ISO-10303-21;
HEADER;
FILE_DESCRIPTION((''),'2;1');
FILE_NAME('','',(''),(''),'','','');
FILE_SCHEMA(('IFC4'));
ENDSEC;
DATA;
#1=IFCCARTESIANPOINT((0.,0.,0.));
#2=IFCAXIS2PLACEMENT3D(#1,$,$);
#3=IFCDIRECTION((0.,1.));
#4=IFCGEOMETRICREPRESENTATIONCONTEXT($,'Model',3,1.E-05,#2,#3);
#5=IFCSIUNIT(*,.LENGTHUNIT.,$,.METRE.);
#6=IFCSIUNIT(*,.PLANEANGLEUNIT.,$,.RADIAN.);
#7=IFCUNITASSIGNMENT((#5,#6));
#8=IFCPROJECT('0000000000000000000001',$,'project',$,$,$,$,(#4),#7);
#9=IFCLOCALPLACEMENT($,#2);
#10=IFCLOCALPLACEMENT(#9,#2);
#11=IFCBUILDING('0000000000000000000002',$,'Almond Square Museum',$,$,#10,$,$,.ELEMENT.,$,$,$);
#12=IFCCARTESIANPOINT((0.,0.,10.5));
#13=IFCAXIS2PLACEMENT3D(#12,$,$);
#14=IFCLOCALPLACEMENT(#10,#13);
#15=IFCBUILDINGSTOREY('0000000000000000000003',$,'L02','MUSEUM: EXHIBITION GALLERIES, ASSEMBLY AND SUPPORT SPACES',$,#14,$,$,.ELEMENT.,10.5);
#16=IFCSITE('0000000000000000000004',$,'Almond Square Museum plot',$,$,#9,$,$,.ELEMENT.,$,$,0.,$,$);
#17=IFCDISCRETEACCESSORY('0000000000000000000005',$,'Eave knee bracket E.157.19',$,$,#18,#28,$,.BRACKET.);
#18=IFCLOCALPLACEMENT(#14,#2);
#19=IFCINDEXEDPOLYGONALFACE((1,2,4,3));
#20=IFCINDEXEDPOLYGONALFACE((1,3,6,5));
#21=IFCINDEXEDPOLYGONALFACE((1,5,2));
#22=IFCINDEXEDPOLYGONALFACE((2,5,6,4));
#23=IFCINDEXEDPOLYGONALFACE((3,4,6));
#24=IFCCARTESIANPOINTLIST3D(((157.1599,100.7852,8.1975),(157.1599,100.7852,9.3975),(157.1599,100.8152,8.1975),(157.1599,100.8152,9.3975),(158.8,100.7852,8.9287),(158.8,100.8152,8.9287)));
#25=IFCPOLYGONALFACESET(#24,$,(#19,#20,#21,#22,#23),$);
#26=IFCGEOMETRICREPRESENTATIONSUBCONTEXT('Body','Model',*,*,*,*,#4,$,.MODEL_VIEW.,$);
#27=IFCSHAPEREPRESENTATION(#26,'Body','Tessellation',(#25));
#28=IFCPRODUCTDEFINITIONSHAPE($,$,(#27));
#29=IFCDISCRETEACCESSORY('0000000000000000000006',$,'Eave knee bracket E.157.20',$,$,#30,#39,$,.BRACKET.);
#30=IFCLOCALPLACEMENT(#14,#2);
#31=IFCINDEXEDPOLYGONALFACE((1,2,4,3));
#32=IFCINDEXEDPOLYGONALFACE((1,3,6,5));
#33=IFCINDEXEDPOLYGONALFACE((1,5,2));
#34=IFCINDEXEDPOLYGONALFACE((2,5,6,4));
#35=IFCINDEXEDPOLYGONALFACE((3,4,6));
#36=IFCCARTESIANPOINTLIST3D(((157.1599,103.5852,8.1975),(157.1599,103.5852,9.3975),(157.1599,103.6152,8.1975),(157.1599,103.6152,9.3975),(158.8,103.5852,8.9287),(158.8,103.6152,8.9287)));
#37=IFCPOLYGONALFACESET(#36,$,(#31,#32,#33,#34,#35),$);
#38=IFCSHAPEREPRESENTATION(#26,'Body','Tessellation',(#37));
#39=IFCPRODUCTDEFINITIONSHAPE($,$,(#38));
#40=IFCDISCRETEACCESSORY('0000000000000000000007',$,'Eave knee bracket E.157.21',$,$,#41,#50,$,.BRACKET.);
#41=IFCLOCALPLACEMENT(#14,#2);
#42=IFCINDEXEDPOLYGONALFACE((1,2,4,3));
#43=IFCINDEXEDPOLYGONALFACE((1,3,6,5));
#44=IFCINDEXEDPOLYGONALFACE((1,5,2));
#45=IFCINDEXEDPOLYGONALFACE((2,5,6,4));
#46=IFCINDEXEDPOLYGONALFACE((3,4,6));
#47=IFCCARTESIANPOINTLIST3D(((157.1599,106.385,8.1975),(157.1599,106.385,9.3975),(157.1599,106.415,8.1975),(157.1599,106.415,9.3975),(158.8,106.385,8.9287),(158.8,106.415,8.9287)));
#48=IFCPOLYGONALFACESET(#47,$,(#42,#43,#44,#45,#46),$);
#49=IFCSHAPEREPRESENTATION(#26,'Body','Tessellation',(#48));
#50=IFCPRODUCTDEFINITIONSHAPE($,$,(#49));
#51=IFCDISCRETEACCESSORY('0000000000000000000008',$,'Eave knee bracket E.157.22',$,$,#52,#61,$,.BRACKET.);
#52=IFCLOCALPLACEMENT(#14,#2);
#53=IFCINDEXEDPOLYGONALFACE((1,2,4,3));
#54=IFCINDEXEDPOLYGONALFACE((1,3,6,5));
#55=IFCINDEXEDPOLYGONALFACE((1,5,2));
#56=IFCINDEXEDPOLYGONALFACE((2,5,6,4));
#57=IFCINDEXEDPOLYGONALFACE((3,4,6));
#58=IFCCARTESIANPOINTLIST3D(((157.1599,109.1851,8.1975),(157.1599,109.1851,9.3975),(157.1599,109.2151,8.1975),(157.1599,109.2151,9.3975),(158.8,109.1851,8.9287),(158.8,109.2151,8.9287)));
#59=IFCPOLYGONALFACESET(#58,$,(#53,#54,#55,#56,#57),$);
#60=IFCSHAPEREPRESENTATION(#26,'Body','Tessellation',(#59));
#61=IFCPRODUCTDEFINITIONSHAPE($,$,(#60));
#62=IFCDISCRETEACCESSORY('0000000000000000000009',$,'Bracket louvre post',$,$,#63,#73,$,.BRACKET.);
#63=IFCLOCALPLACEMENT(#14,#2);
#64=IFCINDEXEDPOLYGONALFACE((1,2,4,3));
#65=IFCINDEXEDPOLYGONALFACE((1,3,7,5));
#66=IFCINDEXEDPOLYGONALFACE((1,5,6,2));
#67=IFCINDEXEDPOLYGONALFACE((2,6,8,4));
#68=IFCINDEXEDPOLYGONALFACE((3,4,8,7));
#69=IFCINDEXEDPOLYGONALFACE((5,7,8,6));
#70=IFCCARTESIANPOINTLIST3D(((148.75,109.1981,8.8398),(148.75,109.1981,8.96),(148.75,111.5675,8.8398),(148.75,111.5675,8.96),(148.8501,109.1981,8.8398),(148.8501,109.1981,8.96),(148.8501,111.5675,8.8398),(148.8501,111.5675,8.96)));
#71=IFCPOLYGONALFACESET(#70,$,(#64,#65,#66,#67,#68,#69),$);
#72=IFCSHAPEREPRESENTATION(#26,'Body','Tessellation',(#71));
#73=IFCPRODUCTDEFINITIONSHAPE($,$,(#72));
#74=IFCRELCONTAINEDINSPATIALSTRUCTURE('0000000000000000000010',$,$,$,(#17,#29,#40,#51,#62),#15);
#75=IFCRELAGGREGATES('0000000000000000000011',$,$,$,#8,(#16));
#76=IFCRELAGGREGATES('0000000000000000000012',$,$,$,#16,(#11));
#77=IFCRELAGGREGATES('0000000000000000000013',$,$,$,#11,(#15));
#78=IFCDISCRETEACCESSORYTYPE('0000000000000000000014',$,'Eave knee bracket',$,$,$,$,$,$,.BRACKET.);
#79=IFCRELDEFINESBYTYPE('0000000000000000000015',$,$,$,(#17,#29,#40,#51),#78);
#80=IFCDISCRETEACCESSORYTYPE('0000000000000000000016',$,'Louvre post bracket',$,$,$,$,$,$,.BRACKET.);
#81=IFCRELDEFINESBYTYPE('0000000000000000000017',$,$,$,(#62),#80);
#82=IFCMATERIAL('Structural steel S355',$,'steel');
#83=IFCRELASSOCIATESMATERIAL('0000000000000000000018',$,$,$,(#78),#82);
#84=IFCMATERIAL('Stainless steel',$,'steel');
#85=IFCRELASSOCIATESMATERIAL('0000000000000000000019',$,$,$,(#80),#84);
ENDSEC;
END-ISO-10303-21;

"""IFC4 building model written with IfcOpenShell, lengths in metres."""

from ifc_helpers import new_model, si_unit, direction, frame, origin, origin_2d, place, context, subcontext, project, spatial, polyline, rectangle, outline, extrude, material, type_object, element, save


model = new_model("IFC4")

# Units and contexts
model_context = context("Model", 3, precision=1e-05, world=origin(), true_north=direction((0.0, 1.0)))
body_context = subcontext(model_context, "Body", "Model", "MODEL_VIEW")
ifc_project = project(units=[si_unit("LENGTHUNIT", "METRE"), si_unit("PLANEANGLEUNIT", "RADIAN")], contexts=[model_context])

# Site, building, storey
site_placement = place(None, origin())
site = spatial("IfcSite", under=ifc_project, at=site_placement, Name="Almond Square Museum plot", CompositionType="ELEMENT", RefElevation=0.0)
building_placement = place(site_placement, origin())
building = spatial("IfcBuilding", under=site, at=building_placement, Name="Almond Square Museum", CompositionType="ELEMENT")
storey_placement = place(building_placement, frame((0.0, 0.0, 10.5)))
storey = spatial("IfcBuildingStorey", under=building, at=storey_placement, Name="L02", Description="MUSEUM: EXHIBITION GALLERIES, ASSEMBLY AND SUPPORT SPACES", CompositionType="ELEMENT", Elevation=10.5)

# Discrete accessories
ifc_material_1 = material(Name="Structural steel S355", Category="steel")
discrete_accessory_type_1 = type_object("IfcDiscreteAccessoryType", Name="Eave knee bracket", PredefinedType="BRACKET", material=ifc_material_1)
for number, where, z_axis, x_axis, name in (
    (1, (157.1599, 100.8, 9.3975), (0.0, -1.0, 0.0), (0.0, 0.0, -1.0), "Eave knee bracket E.157.19"),
    (2, (157.1599, 103.6001, 9.3975), (0.0, -1.0, 0.0), (0.0, 0.0, -1.0), "Eave knee bracket E.157.20"),
    (3, (157.1599, 106.3999, 9.3975), (0.0, -1.0, 0.0), (0.0, 0.0, -1.0), "Eave knee bracket E.157.21"),
    (4, (157.1599, 109.2, 9.3975), (0.0, -1.0, 0.0), (0.0, 0.0, -1.0), "Eave knee bracket E.157.22"),
):
    element("IfcDiscreteAccessory", number, at=place(storey_placement, frame(where, z_axis=z_axis, x_axis=x_axis)), inside=storey, type_object=discrete_accessory_type_1, Name=name, PredefinedType="BRACKET", context=body_context, shape_type="SweptSolid", body=[
        extrude(outline(polyline([(0.0, 0.0), (1.2, 0.0), (0.4688, 1.6401), (0.0, 0.0)])), frame((0.0, 0.0, -0.0151)), (0.0, 0.0, 1.0), 0.03),
    ])
ifc_material_2 = material(Name="Stainless steel", Category="steel")
discrete_accessory_type_2 = type_object("IfcDiscreteAccessoryType", Name="Louvre post bracket", PredefinedType="BRACKET", material=ifc_material_2)
discrete_accessory_placement = place(storey_placement, frame((148.8, 110.3828, 8.8398), z_axis=(0.0, 0.0, 1.0), x_axis=(1.0, 0.0, 0.0)))
element("IfcDiscreteAccessory", 5, at=discrete_accessory_placement, inside=storey, type_object=discrete_accessory_type_2, Name="Bracket louvre post", PredefinedType="BRACKET", context=body_context, shape_type="SweptSolid", body=[
    extrude(rectangle(XDim=0.1001, YDim=2.3694, at=origin_2d()), origin(), (0.0, 0.0, 1.0), 0.1201),
])

save(model, "model.ifc")
